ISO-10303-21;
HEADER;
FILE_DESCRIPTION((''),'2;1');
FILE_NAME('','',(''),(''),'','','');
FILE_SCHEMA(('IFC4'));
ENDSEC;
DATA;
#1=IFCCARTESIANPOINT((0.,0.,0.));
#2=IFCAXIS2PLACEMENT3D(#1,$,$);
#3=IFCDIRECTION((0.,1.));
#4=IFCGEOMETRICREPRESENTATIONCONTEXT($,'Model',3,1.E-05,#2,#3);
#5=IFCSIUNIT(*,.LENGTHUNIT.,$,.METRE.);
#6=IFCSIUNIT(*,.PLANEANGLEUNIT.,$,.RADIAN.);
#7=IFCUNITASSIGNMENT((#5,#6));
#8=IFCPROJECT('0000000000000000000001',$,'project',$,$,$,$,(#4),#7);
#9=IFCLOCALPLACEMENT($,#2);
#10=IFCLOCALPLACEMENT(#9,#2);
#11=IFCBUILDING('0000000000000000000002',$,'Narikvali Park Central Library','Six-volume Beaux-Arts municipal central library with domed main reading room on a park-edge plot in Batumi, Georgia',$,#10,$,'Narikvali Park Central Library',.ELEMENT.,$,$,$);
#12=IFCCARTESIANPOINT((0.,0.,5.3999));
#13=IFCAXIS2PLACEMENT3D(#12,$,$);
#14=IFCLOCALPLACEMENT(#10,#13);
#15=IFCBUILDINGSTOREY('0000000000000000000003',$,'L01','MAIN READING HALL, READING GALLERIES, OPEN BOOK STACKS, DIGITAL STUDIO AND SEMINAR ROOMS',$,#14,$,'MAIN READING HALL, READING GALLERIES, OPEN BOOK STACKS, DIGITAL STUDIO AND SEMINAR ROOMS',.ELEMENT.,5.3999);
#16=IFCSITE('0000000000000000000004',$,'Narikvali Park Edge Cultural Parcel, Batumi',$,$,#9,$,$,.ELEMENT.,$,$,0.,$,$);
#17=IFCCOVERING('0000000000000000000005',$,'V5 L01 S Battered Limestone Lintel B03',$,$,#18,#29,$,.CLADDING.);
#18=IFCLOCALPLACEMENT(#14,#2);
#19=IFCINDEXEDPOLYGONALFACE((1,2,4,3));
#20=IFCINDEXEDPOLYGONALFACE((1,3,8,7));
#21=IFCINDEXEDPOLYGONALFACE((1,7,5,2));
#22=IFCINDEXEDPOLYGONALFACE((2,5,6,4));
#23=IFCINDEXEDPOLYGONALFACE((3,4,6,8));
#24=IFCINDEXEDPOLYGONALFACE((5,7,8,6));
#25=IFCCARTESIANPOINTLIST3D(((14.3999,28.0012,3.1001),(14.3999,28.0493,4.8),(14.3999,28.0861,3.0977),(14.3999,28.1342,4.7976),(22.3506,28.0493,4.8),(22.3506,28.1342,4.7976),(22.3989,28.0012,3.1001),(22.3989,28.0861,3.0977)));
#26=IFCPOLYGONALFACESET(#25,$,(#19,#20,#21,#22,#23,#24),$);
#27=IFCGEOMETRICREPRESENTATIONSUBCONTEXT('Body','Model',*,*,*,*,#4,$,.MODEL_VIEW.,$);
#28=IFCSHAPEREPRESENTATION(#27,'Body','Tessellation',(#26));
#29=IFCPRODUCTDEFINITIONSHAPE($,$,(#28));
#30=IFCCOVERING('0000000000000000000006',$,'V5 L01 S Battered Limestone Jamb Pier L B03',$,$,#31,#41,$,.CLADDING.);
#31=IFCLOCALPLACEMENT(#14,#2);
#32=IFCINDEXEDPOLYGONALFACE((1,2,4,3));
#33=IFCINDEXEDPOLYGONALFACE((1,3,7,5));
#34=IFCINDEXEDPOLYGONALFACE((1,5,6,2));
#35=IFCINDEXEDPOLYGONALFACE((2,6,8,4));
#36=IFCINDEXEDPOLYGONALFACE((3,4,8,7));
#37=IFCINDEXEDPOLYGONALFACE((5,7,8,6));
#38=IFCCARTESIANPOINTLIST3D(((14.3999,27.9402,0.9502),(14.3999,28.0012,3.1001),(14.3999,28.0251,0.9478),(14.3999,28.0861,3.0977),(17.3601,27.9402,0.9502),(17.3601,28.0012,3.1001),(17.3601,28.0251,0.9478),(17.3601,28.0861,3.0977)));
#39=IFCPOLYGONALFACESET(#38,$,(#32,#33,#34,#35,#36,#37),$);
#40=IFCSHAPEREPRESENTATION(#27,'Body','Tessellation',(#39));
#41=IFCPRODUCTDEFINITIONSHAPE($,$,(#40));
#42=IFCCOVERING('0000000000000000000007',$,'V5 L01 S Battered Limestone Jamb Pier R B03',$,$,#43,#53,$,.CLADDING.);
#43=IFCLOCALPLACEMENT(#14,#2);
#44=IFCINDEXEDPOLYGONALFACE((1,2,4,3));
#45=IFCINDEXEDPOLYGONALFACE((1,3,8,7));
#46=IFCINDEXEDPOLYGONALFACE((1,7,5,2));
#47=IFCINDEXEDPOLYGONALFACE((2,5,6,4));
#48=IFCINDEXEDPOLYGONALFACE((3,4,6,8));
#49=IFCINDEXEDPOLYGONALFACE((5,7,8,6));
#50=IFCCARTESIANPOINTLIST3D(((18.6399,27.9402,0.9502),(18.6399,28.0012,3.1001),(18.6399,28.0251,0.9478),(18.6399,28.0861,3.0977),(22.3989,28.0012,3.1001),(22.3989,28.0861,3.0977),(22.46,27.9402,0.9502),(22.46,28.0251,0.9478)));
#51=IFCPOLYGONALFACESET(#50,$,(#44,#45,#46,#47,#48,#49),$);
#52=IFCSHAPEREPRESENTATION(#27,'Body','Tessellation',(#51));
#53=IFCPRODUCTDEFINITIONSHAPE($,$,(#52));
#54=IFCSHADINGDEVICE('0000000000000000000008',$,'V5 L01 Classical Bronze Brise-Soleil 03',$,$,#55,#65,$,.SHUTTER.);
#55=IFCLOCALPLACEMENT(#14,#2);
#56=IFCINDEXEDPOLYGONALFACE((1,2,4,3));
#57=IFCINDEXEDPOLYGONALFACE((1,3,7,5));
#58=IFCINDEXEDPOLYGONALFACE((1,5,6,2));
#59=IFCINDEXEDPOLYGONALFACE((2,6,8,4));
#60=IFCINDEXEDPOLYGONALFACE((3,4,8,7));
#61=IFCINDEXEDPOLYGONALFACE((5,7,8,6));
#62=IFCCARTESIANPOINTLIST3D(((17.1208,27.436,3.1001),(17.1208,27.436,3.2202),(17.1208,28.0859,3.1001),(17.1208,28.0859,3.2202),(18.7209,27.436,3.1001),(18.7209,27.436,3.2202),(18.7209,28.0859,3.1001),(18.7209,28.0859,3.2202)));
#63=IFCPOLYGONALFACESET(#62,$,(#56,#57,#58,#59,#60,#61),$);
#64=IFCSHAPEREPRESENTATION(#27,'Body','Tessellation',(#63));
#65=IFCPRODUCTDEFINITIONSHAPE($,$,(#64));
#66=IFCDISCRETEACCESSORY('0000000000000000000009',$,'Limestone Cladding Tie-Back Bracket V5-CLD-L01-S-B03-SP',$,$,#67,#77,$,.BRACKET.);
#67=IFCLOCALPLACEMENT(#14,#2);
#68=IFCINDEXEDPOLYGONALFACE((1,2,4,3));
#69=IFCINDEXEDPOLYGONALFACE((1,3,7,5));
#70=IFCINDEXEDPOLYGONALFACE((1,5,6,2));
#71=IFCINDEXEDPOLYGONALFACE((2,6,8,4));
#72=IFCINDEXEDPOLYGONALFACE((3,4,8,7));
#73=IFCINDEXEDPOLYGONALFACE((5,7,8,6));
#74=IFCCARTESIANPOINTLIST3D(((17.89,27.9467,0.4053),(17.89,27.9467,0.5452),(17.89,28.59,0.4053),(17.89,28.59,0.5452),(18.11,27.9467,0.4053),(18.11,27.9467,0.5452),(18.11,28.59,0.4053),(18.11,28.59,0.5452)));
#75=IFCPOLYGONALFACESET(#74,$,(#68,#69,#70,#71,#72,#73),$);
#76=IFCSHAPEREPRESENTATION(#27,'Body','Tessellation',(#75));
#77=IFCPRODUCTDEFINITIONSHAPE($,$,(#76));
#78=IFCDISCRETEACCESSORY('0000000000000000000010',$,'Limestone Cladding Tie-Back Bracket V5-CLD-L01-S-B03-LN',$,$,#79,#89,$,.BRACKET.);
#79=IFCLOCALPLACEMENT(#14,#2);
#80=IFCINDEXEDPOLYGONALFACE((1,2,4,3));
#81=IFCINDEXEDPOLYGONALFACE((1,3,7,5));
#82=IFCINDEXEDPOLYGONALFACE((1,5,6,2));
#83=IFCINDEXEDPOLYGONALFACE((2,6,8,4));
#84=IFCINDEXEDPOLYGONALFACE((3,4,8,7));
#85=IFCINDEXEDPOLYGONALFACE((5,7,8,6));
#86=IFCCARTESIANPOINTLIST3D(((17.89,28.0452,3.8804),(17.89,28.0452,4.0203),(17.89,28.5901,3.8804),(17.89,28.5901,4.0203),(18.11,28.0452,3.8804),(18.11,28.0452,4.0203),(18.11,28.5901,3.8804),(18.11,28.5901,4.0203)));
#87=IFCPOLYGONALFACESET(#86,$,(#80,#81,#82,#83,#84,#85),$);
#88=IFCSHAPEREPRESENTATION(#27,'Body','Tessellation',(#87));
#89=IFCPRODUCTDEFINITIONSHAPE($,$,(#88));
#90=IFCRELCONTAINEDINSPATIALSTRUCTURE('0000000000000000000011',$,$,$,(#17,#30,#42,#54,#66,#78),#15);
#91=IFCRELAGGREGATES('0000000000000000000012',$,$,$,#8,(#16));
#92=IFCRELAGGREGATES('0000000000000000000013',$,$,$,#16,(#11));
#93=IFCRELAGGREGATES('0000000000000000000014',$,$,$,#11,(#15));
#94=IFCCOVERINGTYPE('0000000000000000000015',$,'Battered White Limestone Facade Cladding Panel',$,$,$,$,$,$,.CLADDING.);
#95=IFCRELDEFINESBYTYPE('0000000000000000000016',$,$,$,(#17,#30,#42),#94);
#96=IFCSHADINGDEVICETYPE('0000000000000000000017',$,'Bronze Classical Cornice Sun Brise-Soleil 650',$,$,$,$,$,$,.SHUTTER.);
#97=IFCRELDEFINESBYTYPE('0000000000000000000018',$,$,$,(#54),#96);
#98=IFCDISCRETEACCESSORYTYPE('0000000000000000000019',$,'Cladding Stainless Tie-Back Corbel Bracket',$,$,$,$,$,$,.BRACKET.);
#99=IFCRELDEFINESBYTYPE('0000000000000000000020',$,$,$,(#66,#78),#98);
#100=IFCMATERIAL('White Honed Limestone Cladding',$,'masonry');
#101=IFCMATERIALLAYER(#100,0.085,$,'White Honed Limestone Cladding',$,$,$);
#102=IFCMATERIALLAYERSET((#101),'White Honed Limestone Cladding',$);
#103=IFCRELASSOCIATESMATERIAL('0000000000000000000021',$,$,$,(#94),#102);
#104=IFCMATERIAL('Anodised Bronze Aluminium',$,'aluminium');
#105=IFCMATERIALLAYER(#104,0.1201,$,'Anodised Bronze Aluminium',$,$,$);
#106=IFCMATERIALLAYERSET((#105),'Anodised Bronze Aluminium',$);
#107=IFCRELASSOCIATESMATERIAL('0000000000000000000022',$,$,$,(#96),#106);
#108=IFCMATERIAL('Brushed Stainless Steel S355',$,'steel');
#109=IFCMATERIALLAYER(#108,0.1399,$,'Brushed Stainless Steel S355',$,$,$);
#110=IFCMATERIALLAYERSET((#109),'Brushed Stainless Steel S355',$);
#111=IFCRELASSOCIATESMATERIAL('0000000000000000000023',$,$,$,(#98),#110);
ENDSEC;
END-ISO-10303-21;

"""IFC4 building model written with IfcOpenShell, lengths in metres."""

from ifc_helpers import new_model, si_unit, direction, frame, origin, origin_2d, place, context, subcontext, project, spatial, polyline, rectangle, outline, extrude, material, layer, layer_set, type_object, element, save


model = new_model("IFC4")

# Units and contexts
model_context = context("Model", 3, precision=1e-05, world=origin(), true_north=direction((0.0, 1.0)))
body_context = subcontext(model_context, "Body", "Model", "MODEL_VIEW")
ifc_project = project(units=[si_unit("LENGTHUNIT", "METRE"), si_unit("PLANEANGLEUNIT", "RADIAN")], contexts=[model_context])

# Site, building, storey
site_placement = place(None, origin())
site = spatial("IfcSite", under=ifc_project, at=site_placement, Name="Narikvali Park Edge Cultural Parcel, Batumi", CompositionType="ELEMENT", RefElevation=0.0)
building_placement = place(site_placement, origin())
building = spatial("IfcBuilding", under=site, at=building_placement, Name="Narikvali Park Central Library", Description="Six-volume Beaux-Arts municipal central library with domed main reading room on a park-edge plot in Batumi, Georgia", LongName="Narikvali Park Central Library", CompositionType="ELEMENT")
storey_placement = place(building_placement, frame((0.0, 0.0, 5.3999)))
storey = spatial("IfcBuildingStorey", under=building, at=storey_placement, Name="L01", Description="MAIN READING HALL, READING GALLERIES, OPEN BOOK STACKS, DIGITAL STUDIO AND SEMINAR ROOMS", LongName="MAIN READING HALL, READING GALLERIES, OPEN BOOK STACKS, DIGITAL STUDIO AND SEMINAR ROOMS", CompositionType="ELEMENT", Elevation=5.3999)

# Shared definitions
ifc_material_1 = material(Name="Anodised Bronze Aluminium", Category="aluminium")

# Coverings
ifc_material_2 = material(Name="White Honed Limestone Cladding", Category="masonry")
ifc_layer_1 = layer(ifc_material_2, 0.085, Name="White Honed Limestone Cladding")
ifc_layer_set_1 = layer_set([ifc_layer_1], Name="White Honed Limestone Cladding")
covering_type = type_object("IfcCoveringType", Name="Battered White Limestone Facade Cladding Panel", PredefinedType="CLADDING", material=ifc_layer_set_1)
covering_1_placement = place(storey_placement, frame((14.3999, 28.0012, 3.1001), z_axis=(0.0, -0.9996, 0.028281), x_axis=(1.0, 0.0, 0.0)))
element("IfcCovering", 1, at=covering_1_placement, inside=storey, type_object=covering_type, Name="V5 L01 S Battered Limestone Lintel B03", PredefinedType="CLADDING", context=body_context, shape_type="SweptSolid", body=[
    extrude(outline(polyline([(0.0, 0.0), (7.999, 0.0), (7.9507, 1.7006), (0.0, 1.7006), (0.0, 0.0)])), origin(), (0.0, 0.0, -1.0), 0.085),
])
covering_2_placement = place(storey_placement, frame((14.3999, 27.9402, 0.9502), z_axis=(0.0, -0.999597, 0.028378), x_axis=(1.0, 0.0, 0.0)))
element("IfcCovering", 2, at=covering_2_placement, inside=storey, type_object=covering_type, Name="V5 L01 S Battered Limestone Jamb Pier L B03", PredefinedType="CLADDING", context=body_context, shape_type="SweptSolid", body=[
    extrude(outline(polyline([(0.0, 0.0), (2.9602, 0.0), (2.9602, 2.1508), (0.0, 2.1508), (0.0, 0.0)])), origin(), (0.0, 0.0, -1.0), 0.085),
])
covering_3_placement = place(storey_placement, frame((18.6399, 27.9402, 0.9502), z_axis=(0.0, -0.999597, 0.028378), x_axis=(1.0, 0.0, 0.0)))
element("IfcCovering", 3, at=covering_3_placement, inside=storey, type_object=covering_type, Name="V5 L01 S Battered Limestone Jamb Pier R B03", PredefinedType="CLADDING", context=body_context, shape_type="SweptSolid", body=[
    extrude(outline(polyline([(0.0, 0.0), (3.8201, 0.0), (3.759, 2.1508), (0.0, 2.1508), (0.0, 0.0)])), origin(), (0.0, 0.0, -1.0), 0.085),
])

# Shading device
ifc_layer_2 = layer(ifc_material_1, 0.1201, Name="Anodised Bronze Aluminium")
ifc_layer_set_2 = layer_set([ifc_layer_2], Name="Anodised Bronze Aluminium")
shading_device_type = type_object("IfcShadingDeviceType", Name="Bronze Classical Cornice Sun Brise-Soleil 650", PredefinedType="SHUTTER", material=ifc_layer_set_2)
shading_device_placement = place(storey_placement, frame((17.9209, 27.761, 3.1001), z_axis=(0.0, 0.0, 1.0), x_axis=(1.0, 0.0, 0.0)))
element("IfcShadingDevice", 4, at=shading_device_placement, inside=storey, type_object=shading_device_type, Name="V5 L01 Classical Bronze Brise-Soleil 03", PredefinedType="SHUTTER", context=body_context, shape_type="SweptSolid", body=[
    extrude(rectangle(XDim=1.6001, YDim=0.6499, at=origin_2d()), origin(), (0.0, 0.0, 1.0), 0.1201),
])

# Discrete accessories
ifc_material_3 = material(Name="Brushed Stainless Steel S355", Category="steel")
ifc_layer_3 = layer(ifc_material_3, 0.1399, Name="Brushed Stainless Steel S355")
ifc_layer_set_3 = layer_set([ifc_layer_3], Name="Brushed Stainless Steel S355")
discrete_accessory_type = type_object("IfcDiscreteAccessoryType", Name="Cladding Stainless Tie-Back Corbel Bracket", PredefinedType="BRACKET", material=ifc_layer_set_3)
discrete_accessory_1_placement = place(storey_placement, frame((18.0, 28.2683, 0.4053), z_axis=(0.0, 0.0, 1.0), x_axis=(1.0, 0.0, 0.0)))
element("IfcDiscreteAccessory", 5, at=discrete_accessory_1_placement, inside=storey, type_object=discrete_accessory_type, Name="Limestone Cladding Tie-Back Bracket V5-CLD-L01-S-B03-SP", PredefinedType="BRACKET", context=body_context, shape_type="SweptSolid", body=[
    extrude(rectangle(XDim=0.22, YDim=0.6433, at=origin_2d()), origin(), (0.0, 0.0, 1.0), 0.1399),
])
discrete_accessory_2_placement = place(storey_placement, frame((18.0, 28.3176, 3.8804), z_axis=(0.0, 0.0, 1.0), x_axis=(1.0, 0.0, 0.0)))
element("IfcDiscreteAccessory", 6, at=discrete_accessory_2_placement, inside=storey, type_object=discrete_accessory_type, Name="Limestone Cladding Tie-Back Bracket V5-CLD-L01-S-B03-LN", PredefinedType="BRACKET", context=body_context, shape_type="SweptSolid", body=[
    extrude(rectangle(XDim=0.22, YDim=0.5449, at=origin_2d()), origin(), (0.0, 0.0, 1.0), 0.1399),
])

save(model, "model.ifc")
